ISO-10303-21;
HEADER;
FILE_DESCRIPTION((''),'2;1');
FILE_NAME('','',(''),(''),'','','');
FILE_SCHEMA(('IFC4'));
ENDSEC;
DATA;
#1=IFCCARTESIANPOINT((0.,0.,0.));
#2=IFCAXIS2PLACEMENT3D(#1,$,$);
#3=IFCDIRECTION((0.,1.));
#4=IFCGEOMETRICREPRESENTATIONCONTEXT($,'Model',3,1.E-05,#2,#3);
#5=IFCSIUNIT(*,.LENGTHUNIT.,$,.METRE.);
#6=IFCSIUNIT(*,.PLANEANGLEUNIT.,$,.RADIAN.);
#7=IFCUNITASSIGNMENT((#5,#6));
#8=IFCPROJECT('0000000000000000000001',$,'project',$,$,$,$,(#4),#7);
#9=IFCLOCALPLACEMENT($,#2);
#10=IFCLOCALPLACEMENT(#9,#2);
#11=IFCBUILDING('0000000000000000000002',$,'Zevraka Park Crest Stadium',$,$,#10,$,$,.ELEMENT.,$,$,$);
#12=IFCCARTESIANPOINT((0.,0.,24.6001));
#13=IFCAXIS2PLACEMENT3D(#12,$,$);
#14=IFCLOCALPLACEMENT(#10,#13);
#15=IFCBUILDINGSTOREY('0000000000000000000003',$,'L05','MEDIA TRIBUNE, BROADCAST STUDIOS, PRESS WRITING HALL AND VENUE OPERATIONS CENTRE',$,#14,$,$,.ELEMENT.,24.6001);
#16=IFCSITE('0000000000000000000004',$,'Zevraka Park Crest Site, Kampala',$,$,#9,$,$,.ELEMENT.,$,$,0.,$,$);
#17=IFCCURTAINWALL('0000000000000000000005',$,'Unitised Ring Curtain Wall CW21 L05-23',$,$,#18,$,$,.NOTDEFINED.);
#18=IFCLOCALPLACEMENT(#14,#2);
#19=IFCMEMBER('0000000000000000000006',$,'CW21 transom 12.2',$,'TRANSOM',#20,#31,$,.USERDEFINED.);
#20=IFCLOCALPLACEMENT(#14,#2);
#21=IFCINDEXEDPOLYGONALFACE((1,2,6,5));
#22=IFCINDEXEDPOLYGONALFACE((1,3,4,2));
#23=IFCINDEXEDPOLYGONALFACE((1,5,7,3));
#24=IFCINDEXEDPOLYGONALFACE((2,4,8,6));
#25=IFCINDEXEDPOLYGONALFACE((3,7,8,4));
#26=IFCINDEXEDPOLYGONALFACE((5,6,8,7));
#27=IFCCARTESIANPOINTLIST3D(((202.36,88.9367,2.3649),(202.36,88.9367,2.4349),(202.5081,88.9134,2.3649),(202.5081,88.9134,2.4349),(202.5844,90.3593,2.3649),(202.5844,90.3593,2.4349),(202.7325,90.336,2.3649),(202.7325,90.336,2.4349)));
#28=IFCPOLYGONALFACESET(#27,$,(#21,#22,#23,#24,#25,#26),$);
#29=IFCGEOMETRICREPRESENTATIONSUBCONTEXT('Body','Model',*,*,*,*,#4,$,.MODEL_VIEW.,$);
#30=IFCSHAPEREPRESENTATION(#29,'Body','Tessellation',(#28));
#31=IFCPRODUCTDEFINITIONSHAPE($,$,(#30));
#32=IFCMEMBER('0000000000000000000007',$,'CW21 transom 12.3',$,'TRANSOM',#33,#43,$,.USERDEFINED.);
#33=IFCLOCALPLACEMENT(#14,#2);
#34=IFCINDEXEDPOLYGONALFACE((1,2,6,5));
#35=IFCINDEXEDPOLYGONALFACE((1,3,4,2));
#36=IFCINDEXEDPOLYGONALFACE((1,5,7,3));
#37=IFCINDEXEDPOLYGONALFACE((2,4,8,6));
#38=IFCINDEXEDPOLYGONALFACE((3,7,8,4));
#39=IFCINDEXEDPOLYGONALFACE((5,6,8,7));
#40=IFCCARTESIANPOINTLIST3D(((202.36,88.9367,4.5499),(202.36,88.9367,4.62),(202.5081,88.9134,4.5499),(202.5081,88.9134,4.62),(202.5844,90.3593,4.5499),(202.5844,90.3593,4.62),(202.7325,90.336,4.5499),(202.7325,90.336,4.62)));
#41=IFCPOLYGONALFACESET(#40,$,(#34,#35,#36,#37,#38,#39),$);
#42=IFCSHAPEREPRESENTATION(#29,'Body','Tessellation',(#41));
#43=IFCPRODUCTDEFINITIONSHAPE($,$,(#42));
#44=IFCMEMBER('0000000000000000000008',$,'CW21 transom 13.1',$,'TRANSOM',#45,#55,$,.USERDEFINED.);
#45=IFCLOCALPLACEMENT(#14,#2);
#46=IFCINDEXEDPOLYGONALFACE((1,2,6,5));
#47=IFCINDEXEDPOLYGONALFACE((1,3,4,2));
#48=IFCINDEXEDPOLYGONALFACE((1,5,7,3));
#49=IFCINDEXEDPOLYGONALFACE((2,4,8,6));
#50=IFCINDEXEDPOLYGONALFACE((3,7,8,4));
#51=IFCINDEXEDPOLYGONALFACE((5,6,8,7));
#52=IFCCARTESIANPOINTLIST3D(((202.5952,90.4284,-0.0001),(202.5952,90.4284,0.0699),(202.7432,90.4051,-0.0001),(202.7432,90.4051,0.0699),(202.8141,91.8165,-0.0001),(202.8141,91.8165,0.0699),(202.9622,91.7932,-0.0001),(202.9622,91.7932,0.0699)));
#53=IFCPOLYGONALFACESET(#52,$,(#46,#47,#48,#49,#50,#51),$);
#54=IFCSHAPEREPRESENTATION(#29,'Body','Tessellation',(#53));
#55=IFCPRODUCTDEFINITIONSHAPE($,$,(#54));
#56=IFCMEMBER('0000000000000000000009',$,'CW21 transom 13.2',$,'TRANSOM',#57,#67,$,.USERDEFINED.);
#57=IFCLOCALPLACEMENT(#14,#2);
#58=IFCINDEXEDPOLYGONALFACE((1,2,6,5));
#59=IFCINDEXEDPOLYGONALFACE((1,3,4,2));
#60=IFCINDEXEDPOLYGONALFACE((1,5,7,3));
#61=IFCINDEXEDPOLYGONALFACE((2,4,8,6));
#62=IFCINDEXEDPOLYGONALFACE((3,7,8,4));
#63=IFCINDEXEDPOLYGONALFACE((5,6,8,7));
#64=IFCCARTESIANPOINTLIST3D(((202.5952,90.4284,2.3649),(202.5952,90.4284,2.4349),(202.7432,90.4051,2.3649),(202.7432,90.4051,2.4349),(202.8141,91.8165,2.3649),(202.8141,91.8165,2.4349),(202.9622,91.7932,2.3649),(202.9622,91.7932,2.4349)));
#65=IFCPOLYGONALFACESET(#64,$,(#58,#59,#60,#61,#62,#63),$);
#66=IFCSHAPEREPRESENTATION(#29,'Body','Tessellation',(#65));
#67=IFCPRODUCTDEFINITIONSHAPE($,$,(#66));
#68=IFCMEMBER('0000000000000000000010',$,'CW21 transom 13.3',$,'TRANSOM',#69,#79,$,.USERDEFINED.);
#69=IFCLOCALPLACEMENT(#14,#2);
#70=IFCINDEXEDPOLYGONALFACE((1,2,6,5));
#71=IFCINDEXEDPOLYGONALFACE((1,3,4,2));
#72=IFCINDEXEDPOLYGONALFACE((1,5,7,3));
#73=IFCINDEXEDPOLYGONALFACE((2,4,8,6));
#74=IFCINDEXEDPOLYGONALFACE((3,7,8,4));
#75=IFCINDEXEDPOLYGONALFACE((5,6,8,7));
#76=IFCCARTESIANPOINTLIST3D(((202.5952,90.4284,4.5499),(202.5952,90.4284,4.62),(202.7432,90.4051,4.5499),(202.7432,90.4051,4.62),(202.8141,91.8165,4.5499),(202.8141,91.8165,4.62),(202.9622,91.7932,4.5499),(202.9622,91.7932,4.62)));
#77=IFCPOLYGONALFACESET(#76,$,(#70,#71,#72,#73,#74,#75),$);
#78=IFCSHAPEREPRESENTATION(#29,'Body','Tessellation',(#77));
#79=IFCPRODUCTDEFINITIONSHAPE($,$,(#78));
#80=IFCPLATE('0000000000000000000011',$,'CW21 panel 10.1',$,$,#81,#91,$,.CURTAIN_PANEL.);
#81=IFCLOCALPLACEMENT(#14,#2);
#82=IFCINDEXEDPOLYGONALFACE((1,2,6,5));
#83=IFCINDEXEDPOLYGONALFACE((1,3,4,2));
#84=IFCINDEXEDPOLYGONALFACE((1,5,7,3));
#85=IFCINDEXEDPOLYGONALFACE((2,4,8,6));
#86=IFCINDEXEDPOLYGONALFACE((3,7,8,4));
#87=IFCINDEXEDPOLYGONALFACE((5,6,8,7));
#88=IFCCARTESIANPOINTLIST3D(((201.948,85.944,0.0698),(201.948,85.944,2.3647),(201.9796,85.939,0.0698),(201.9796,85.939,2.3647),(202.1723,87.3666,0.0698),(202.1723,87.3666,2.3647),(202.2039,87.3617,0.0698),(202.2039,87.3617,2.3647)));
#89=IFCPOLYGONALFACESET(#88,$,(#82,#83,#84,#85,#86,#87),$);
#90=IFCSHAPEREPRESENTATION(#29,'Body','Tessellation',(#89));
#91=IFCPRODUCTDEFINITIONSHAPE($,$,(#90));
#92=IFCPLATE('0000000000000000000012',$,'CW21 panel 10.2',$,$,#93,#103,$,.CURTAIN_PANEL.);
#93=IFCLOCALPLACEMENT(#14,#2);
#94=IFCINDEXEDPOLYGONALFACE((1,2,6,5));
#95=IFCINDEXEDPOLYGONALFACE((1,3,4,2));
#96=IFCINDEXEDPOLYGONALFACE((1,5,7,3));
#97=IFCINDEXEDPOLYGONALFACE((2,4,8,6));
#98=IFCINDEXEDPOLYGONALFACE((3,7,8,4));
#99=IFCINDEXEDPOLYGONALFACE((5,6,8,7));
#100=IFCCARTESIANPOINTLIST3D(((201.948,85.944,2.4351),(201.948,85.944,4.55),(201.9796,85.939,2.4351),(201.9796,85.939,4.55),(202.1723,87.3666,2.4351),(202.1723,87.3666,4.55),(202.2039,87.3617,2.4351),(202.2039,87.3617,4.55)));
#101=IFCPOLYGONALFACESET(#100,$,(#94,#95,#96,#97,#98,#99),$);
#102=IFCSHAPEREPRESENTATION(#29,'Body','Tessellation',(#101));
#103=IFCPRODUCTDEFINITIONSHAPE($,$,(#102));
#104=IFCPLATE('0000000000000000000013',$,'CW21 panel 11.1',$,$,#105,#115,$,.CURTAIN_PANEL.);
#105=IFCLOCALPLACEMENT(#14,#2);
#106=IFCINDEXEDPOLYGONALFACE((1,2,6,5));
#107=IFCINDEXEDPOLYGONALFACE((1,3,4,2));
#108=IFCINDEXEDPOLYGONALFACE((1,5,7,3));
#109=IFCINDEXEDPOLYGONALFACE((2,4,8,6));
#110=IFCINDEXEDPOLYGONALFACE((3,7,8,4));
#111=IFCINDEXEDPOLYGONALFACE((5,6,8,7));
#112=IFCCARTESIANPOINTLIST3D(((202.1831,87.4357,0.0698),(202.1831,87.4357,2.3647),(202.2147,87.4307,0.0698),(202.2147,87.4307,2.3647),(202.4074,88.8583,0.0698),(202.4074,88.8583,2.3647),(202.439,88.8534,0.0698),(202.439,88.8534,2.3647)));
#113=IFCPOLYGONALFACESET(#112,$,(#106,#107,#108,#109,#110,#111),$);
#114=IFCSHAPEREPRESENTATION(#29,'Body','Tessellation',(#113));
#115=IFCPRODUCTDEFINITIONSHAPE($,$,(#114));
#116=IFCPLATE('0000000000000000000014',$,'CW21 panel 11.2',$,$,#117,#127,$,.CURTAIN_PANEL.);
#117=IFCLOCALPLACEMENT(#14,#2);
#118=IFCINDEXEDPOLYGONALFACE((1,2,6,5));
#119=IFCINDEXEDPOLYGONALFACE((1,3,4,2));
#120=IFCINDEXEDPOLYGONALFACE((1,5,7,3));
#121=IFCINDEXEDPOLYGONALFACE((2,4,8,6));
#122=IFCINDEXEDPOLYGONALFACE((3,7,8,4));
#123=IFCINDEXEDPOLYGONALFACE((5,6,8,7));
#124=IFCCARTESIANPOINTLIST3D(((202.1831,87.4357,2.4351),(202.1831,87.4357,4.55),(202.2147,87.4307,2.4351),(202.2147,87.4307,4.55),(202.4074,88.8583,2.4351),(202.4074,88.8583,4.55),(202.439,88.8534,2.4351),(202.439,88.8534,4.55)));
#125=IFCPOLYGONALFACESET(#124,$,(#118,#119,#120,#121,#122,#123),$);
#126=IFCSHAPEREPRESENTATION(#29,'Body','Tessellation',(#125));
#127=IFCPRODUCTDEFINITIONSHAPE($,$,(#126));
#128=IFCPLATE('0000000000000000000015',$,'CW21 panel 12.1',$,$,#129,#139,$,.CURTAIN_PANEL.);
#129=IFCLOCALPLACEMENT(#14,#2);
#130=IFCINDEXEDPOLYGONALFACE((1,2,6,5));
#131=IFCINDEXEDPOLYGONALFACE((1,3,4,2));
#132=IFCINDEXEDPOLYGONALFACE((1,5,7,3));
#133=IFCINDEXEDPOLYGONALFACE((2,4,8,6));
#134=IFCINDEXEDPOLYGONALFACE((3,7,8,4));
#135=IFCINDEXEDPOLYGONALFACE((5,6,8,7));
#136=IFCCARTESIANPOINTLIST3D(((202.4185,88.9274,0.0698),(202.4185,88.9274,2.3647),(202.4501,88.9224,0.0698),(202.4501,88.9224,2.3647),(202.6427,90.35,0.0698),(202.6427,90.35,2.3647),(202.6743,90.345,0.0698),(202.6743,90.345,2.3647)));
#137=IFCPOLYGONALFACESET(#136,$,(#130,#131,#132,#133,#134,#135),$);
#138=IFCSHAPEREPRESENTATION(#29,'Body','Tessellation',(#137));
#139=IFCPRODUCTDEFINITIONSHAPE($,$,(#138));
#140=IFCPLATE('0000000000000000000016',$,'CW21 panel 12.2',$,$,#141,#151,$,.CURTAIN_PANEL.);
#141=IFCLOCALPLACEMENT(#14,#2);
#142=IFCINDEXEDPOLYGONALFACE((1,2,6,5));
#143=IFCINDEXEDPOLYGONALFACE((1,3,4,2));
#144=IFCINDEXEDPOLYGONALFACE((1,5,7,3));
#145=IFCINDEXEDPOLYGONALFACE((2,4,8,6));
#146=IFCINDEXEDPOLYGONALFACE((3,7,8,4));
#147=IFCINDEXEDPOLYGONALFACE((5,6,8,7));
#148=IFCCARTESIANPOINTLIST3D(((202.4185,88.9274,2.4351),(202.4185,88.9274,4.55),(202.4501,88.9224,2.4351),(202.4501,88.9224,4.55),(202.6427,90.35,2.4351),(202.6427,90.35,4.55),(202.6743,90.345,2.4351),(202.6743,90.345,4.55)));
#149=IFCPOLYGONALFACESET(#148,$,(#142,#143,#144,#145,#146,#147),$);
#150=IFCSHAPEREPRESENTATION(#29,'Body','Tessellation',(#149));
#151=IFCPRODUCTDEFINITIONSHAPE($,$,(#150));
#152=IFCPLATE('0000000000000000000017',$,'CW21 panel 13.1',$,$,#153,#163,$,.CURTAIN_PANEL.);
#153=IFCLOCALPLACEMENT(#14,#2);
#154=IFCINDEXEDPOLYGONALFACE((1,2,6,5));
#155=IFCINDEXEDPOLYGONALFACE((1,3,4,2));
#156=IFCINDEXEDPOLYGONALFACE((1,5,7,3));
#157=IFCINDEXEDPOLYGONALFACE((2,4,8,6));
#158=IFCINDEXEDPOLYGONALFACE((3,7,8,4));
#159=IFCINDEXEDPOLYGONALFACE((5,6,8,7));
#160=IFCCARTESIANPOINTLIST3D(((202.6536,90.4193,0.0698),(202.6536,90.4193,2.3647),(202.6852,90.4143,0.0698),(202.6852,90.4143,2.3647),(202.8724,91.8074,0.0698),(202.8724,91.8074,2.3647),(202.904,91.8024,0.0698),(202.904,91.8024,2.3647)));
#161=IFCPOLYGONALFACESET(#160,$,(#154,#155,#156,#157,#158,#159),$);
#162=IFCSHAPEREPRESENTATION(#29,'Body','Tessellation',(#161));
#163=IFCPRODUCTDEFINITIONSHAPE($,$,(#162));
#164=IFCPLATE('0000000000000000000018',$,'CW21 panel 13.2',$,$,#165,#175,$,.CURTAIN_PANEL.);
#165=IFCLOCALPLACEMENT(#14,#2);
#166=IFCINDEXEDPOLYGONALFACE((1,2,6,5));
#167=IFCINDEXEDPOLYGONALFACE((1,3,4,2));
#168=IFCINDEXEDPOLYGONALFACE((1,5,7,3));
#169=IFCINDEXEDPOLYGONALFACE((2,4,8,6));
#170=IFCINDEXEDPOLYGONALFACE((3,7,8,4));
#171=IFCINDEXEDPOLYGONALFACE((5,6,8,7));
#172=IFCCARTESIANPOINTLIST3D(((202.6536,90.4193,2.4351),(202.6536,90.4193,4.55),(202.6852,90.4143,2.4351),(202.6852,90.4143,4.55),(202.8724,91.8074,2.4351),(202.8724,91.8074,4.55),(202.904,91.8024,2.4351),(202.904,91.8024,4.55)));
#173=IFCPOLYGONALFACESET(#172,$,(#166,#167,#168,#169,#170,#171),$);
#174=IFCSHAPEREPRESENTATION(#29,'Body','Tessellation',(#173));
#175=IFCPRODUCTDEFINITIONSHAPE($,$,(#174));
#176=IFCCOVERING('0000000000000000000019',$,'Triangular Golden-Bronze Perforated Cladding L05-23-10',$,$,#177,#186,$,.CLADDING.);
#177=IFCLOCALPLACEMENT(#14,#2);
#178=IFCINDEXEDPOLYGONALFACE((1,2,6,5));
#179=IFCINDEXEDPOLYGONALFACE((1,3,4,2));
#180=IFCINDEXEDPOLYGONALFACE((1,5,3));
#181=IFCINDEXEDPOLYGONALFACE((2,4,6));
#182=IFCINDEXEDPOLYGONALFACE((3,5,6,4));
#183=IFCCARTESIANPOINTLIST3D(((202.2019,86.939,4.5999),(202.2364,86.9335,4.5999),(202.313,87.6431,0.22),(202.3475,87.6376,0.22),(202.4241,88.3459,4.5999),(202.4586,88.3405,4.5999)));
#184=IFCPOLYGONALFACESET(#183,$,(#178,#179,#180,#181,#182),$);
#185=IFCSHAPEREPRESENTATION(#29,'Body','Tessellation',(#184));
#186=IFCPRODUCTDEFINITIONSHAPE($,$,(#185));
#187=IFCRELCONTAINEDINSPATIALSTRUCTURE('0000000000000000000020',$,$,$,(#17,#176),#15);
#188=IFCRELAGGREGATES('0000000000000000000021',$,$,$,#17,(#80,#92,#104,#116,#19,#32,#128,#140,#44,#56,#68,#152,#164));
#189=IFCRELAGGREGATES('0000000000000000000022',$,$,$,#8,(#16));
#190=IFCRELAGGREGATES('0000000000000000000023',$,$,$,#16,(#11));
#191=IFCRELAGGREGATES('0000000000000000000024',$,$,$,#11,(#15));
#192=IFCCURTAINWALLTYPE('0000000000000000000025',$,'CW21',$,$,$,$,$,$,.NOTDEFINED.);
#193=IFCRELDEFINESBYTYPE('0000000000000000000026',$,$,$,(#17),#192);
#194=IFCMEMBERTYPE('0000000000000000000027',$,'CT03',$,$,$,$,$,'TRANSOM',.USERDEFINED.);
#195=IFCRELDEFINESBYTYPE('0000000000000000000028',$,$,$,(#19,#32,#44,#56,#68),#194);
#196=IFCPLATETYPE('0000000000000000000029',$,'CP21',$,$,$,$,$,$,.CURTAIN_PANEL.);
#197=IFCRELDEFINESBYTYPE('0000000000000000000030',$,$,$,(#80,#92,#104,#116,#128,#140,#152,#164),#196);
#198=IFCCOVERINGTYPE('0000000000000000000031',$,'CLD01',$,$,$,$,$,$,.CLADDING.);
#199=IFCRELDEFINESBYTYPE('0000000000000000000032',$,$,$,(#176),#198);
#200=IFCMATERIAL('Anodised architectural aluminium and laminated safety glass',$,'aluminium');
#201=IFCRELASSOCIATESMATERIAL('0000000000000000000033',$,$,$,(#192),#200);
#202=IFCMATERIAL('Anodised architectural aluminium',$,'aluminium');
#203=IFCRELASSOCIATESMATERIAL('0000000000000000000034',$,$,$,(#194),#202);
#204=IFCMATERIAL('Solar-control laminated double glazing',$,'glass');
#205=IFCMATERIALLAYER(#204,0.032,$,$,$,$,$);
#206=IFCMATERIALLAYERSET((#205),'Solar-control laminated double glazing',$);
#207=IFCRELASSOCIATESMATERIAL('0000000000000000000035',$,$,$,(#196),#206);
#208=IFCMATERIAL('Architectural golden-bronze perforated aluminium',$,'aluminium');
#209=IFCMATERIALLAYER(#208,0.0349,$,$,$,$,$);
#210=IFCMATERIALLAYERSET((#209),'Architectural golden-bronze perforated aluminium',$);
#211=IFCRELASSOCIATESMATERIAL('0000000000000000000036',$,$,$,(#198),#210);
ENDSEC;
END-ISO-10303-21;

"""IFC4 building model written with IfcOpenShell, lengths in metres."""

from ifc_helpers import new_model, si_unit, direction, frame, origin, origin_2d, place, context, subcontext, project, spatial, polyline, rectangle, outline, extrude, material, layer, layer_set, material_profile, profile_set, type_object, element, aggregate, save


model = new_model("IFC4")

# Units and contexts
model_context = context("Model", 3, precision=1e-05, world=origin(), true_north=direction((0.0, 1.0)))
body_context = subcontext(model_context, "Body", "Model", "MODEL_VIEW")
ifc_project = project(units=[si_unit("LENGTHUNIT", "METRE"), si_unit("PLANEANGLEUNIT", "RADIAN")], contexts=[model_context])

# Site, building, storey
site_placement = place(None, origin())
site = spatial("IfcSite", under=ifc_project, at=site_placement, Name="Zevraka Park Crest Site, Kampala", CompositionType="ELEMENT", RefElevation=0.0)
building_placement = place(site_placement, origin())
building = spatial("IfcBuilding", under=site, at=building_placement, Name="Zevraka Park Crest Stadium", CompositionType="ELEMENT")
storey_placement = place(building_placement, frame((0.0, 0.0, 24.6001)))
storey = spatial("IfcBuildingStorey", under=building, at=storey_placement, Name="L05", Description="MEDIA TRIBUNE, BROADCAST STUDIOS, PRESS WRITING HALL AND VENUE OPERATIONS CENTRE", CompositionType="ELEMENT", Elevation=24.6001)

# Shared definitions
ifc_material_1 = material(Name="Anodised architectural aluminium and laminated safety glass", Category="aluminium")
curtain_wall_type = type_object("IfcCurtainWallType", Name="CW21", PredefinedType="NOTDEFINED", material=ifc_material_1)

# Curtain wall
curtain_wall_1_placement = place(storey_placement, origin())
curtain_wall_1 = element("IfcCurtainWall", 1, at=curtain_wall_1_placement, inside=storey, type_object=curtain_wall_type, Name="Unitised Ring Curtain Wall CW21 L05-23", PredefinedType="NOTDEFINED")

# Members
ifc_material_2 = material(Name="Anodised architectural aluminium", Category="aluminium")
ifc_material_profile_1 = material_profile(ifc_material_2, rectangle(XDim=0.1499, YDim=0.0701, at=origin_2d()), Name="ALU TRANSOM 150x70")
ifc_profile_set_1 = profile_set([ifc_material_profile_1], Name="Anodised architectural aluminium")
member_type_1 = type_object("IfcMemberType", Name="CT03", ElementType="TRANSOM", PredefinedType="USERDEFINED", material=ifc_profile_set_1)
member_1_placement = place(storey_placement, frame((202.4341, 88.925, 2.3999), z_axis=(0.155788, 0.98779, 0.0), x_axis=(-0.98779, 0.155788, 0.0)))
member_1 = element("IfcMember", 2, at=member_1_placement, type_object=member_type_1, Name="CW21 transom 12.2", ObjectType="TRANSOM", PredefinedType="USERDEFINED", context=body_context, shape_type="SweptSolid", body=[
    extrude(rectangle(XDim=0.1499, YDim=0.0701, at=origin_2d()), origin(), (0.0, 0.0, 1.0), 1.4402),
])
member_2_placement = place(storey_placement, frame((202.4341, 88.925, 4.585), z_axis=(0.155788, 0.98779, 0.0), x_axis=(-0.98779, 0.155788, 0.0)))
member_2 = element("IfcMember", 3, at=member_2_placement, type_object=member_type_1, Name="CW21 transom 12.3", ObjectType="TRANSOM", PredefinedType="USERDEFINED", context=body_context, shape_type="SweptSolid", body=[
    extrude(rectangle(XDim=0.1499, YDim=0.0701, at=origin_2d()), origin(), (0.0, 0.0, 1.0), 1.4402),
])
member_3_placement = place(storey_placement, frame((202.6692, 90.4167, 0.0349), z_axis=(0.155829, 0.987784, 0.0), x_axis=(-0.987784, 0.155829, 0.0)))
member_3 = element("IfcMember", 4, at=member_3_placement, type_object=member_type_1, Name="CW21 transom 13.1", ObjectType="TRANSOM", PredefinedType="USERDEFINED", context=body_context, shape_type="SweptSolid", body=[
    extrude(rectangle(XDim=0.1499, YDim=0.0701, at=origin_2d()), origin(), (0.0, 0.0, 1.0), 1.4053),
])
member_4_placement = place(storey_placement, frame((202.6692, 90.4167, 2.3999), z_axis=(0.155829, 0.987784, 0.0), x_axis=(-0.987784, 0.155829, 0.0)))
member_4 = element("IfcMember", 5, at=member_4_placement, type_object=member_type_1, Name="CW21 transom 13.2", ObjectType="TRANSOM", PredefinedType="USERDEFINED", context=body_context, shape_type="SweptSolid", body=[
    extrude(rectangle(XDim=0.1499, YDim=0.0701, at=origin_2d()), origin(), (0.0, 0.0, 1.0), 1.4053),
])
member_5_placement = place(storey_placement, frame((202.6692, 90.4167, 4.585), z_axis=(0.155829, 0.987784, 0.0), x_axis=(-0.987784, 0.155829, 0.0)))
member_5 = element("IfcMember", 6, at=member_5_placement, type_object=member_type_1, Name="CW21 transom 13.3", ObjectType="TRANSOM", PredefinedType="USERDEFINED", context=body_context, shape_type="SweptSolid", body=[
    extrude(rectangle(XDim=0.1499, YDim=0.0701, at=origin_2d()), origin(), (0.0, 0.0, 1.0), 1.4053),
])

# Plates
ifc_material_3 = material(Name="Solar-control laminated double glazing", Category="glass")
ifc_layer_1 = layer(ifc_material_3, 0.032)
ifc_layer_set_1 = layer_set([ifc_layer_1], Name="Solar-control laminated double glazing")
plate_type = type_object("IfcPlateType", Name="CP21", PredefinedType="CURTAIN_PANEL", material=ifc_layer_set_1)
plate_1_placement = place(storey_placement, frame((202.0759, 86.6528, 0.0698), z_axis=(0.0, 0.0, 1.0), x_axis=(0.155711, 0.987803, 0.0)))
plate_1 = element("IfcPlate", 7, at=plate_1_placement, type_object=plate_type, Name="CW21 panel 10.1", PredefinedType="CURTAIN_PANEL", context=body_context, shape_type="SweptSolid", body=[
    extrude(rectangle(XDim=1.4402, YDim=0.032, at=origin_2d()), origin(), (0.0, 0.0, 1.0), 2.2949),
])
plate_2_placement = place(storey_placement, frame((202.0759, 86.6528, 2.4351), z_axis=(0.0, 0.0, 1.0), x_axis=(0.155711, 0.987803, 0.0)))
plate_2 = element("IfcPlate", 8, at=plate_2_placement, type_object=plate_type, Name="CW21 panel 10.2", PredefinedType="CURTAIN_PANEL", context=body_context, shape_type="SweptSolid", body=[
    extrude(rectangle(XDim=1.4402, YDim=0.032, at=origin_2d()), origin(), (0.0, 0.0, 1.0), 2.115),
])
plate_3_placement = place(storey_placement, frame((202.311, 88.1445, 0.0698), z_axis=(0.0, 0.0, 1.0), x_axis=(0.155711, 0.987803, 0.0)))
plate_3 = element("IfcPlate", 9, at=plate_3_placement, type_object=plate_type, Name="CW21 panel 11.1", PredefinedType="CURTAIN_PANEL", context=body_context, shape_type="SweptSolid", body=[
    extrude(rectangle(XDim=1.4402, YDim=0.032, at=origin_2d()), origin(), (0.0, 0.0, 1.0), 2.2949),
])
plate_4_placement = place(storey_placement, frame((202.311, 88.1445, 2.4351), z_axis=(0.0, 0.0, 1.0), x_axis=(0.155711, 0.987803, 0.0)))
plate_4 = element("IfcPlate", 10, at=plate_4_placement, type_object=plate_type, Name="CW21 panel 11.2", PredefinedType="CURTAIN_PANEL", context=body_context, shape_type="SweptSolid", body=[
    extrude(rectangle(XDim=1.4402, YDim=0.032, at=origin_2d()), origin(), (0.0, 0.0, 1.0), 2.115),
])
plate_5_placement = place(storey_placement, frame((202.5464, 89.6362, 0.0698), z_axis=(0.0, 0.0, 1.0), x_axis=(0.155711, 0.987803, 0.0)))
plate_5 = element("IfcPlate", 11, at=plate_5_placement, type_object=plate_type, Name="CW21 panel 12.1", PredefinedType="CURTAIN_PANEL", context=body_context, shape_type="SweptSolid", body=[
    extrude(rectangle(XDim=1.4402, YDim=0.032, at=origin_2d()), origin(), (0.0, 0.0, 1.0), 2.2949),
])
plate_6_placement = place(storey_placement, frame((202.5464, 89.6362, 2.4351), z_axis=(0.0, 0.0, 1.0), x_axis=(0.155711, 0.987803, 0.0)))
plate_6 = element("IfcPlate", 12, at=plate_6_placement, type_object=plate_type, Name="CW21 panel 12.2", PredefinedType="CURTAIN_PANEL", context=body_context, shape_type="SweptSolid", body=[
    extrude(rectangle(XDim=1.4402, YDim=0.032, at=origin_2d()), origin(), (0.0, 0.0, 1.0), 2.115),
])
plate_7_placement = place(storey_placement, frame((202.7788, 91.1108, 0.0698), z_axis=(0.0, 0.0, 1.0), x_axis=(0.155711, 0.987803, 0.0)))
plate_7 = element("IfcPlate", 13, at=plate_7_placement, type_object=plate_type, Name="CW21 panel 13.1", PredefinedType="CURTAIN_PANEL", context=body_context, shape_type="SweptSolid", body=[
    extrude(rectangle(XDim=1.4053, YDim=0.032, at=origin_2d()), origin(), (0.0, 0.0, 1.0), 2.2949),
])
plate_8_placement = place(storey_placement, frame((202.7788, 91.1108, 2.4351), z_axis=(0.0, 0.0, 1.0), x_axis=(0.155711, 0.987803, 0.0)))
plate_8 = element("IfcPlate", 14, at=plate_8_placement, type_object=plate_type, Name="CW21 panel 13.2", PredefinedType="CURTAIN_PANEL", context=body_context, shape_type="SweptSolid", body=[
    extrude(rectangle(XDim=1.4053, YDim=0.032, at=origin_2d()), origin(), (0.0, 0.0, 1.0), 2.115),
])
aggregate(curtain_wall_1, [plate_1, plate_2, plate_3, plate_4, member_1, member_2, plate_5, plate_6, member_3, member_4, member_5, plate_7, plate_8])

# Covering
ifc_material_4 = material(Name="Architectural golden-bronze perforated aluminium", Category="aluminium")
ifc_layer_2 = layer(ifc_material_4, 0.0349)
ifc_layer_set_2 = layer_set([ifc_layer_2], Name="Architectural golden-bronze perforated aluminium")
covering_type = type_object("IfcCoveringType", Name="CLD01", PredefinedType="CLADDING", material=ifc_layer_set_2)
covering_1_placement = place(storey_placement, frame((202.4241, 88.3459, 4.5999), z_axis=(-0.987762, 0.155971, 0.000022), x_axis=(-0.155971, -0.987762, 0.0)))
element("IfcCovering", 15, at=covering_1_placement, inside=storey, type_object=covering_type, Name="Triangular Golden-Bronze Perforated Cladding L05-23-10", PredefinedType="CLADDING", context=body_context, shape_type="SweptSolid", body=[
    extrude(outline(polyline([(0.0, 0.0), (1.4244, 0.0), (0.7116, -4.3799), (0.0, 0.0)])), origin(), (0.0, 0.0, -1.0), 0.0349),
])

save(model, "model.ifc")
